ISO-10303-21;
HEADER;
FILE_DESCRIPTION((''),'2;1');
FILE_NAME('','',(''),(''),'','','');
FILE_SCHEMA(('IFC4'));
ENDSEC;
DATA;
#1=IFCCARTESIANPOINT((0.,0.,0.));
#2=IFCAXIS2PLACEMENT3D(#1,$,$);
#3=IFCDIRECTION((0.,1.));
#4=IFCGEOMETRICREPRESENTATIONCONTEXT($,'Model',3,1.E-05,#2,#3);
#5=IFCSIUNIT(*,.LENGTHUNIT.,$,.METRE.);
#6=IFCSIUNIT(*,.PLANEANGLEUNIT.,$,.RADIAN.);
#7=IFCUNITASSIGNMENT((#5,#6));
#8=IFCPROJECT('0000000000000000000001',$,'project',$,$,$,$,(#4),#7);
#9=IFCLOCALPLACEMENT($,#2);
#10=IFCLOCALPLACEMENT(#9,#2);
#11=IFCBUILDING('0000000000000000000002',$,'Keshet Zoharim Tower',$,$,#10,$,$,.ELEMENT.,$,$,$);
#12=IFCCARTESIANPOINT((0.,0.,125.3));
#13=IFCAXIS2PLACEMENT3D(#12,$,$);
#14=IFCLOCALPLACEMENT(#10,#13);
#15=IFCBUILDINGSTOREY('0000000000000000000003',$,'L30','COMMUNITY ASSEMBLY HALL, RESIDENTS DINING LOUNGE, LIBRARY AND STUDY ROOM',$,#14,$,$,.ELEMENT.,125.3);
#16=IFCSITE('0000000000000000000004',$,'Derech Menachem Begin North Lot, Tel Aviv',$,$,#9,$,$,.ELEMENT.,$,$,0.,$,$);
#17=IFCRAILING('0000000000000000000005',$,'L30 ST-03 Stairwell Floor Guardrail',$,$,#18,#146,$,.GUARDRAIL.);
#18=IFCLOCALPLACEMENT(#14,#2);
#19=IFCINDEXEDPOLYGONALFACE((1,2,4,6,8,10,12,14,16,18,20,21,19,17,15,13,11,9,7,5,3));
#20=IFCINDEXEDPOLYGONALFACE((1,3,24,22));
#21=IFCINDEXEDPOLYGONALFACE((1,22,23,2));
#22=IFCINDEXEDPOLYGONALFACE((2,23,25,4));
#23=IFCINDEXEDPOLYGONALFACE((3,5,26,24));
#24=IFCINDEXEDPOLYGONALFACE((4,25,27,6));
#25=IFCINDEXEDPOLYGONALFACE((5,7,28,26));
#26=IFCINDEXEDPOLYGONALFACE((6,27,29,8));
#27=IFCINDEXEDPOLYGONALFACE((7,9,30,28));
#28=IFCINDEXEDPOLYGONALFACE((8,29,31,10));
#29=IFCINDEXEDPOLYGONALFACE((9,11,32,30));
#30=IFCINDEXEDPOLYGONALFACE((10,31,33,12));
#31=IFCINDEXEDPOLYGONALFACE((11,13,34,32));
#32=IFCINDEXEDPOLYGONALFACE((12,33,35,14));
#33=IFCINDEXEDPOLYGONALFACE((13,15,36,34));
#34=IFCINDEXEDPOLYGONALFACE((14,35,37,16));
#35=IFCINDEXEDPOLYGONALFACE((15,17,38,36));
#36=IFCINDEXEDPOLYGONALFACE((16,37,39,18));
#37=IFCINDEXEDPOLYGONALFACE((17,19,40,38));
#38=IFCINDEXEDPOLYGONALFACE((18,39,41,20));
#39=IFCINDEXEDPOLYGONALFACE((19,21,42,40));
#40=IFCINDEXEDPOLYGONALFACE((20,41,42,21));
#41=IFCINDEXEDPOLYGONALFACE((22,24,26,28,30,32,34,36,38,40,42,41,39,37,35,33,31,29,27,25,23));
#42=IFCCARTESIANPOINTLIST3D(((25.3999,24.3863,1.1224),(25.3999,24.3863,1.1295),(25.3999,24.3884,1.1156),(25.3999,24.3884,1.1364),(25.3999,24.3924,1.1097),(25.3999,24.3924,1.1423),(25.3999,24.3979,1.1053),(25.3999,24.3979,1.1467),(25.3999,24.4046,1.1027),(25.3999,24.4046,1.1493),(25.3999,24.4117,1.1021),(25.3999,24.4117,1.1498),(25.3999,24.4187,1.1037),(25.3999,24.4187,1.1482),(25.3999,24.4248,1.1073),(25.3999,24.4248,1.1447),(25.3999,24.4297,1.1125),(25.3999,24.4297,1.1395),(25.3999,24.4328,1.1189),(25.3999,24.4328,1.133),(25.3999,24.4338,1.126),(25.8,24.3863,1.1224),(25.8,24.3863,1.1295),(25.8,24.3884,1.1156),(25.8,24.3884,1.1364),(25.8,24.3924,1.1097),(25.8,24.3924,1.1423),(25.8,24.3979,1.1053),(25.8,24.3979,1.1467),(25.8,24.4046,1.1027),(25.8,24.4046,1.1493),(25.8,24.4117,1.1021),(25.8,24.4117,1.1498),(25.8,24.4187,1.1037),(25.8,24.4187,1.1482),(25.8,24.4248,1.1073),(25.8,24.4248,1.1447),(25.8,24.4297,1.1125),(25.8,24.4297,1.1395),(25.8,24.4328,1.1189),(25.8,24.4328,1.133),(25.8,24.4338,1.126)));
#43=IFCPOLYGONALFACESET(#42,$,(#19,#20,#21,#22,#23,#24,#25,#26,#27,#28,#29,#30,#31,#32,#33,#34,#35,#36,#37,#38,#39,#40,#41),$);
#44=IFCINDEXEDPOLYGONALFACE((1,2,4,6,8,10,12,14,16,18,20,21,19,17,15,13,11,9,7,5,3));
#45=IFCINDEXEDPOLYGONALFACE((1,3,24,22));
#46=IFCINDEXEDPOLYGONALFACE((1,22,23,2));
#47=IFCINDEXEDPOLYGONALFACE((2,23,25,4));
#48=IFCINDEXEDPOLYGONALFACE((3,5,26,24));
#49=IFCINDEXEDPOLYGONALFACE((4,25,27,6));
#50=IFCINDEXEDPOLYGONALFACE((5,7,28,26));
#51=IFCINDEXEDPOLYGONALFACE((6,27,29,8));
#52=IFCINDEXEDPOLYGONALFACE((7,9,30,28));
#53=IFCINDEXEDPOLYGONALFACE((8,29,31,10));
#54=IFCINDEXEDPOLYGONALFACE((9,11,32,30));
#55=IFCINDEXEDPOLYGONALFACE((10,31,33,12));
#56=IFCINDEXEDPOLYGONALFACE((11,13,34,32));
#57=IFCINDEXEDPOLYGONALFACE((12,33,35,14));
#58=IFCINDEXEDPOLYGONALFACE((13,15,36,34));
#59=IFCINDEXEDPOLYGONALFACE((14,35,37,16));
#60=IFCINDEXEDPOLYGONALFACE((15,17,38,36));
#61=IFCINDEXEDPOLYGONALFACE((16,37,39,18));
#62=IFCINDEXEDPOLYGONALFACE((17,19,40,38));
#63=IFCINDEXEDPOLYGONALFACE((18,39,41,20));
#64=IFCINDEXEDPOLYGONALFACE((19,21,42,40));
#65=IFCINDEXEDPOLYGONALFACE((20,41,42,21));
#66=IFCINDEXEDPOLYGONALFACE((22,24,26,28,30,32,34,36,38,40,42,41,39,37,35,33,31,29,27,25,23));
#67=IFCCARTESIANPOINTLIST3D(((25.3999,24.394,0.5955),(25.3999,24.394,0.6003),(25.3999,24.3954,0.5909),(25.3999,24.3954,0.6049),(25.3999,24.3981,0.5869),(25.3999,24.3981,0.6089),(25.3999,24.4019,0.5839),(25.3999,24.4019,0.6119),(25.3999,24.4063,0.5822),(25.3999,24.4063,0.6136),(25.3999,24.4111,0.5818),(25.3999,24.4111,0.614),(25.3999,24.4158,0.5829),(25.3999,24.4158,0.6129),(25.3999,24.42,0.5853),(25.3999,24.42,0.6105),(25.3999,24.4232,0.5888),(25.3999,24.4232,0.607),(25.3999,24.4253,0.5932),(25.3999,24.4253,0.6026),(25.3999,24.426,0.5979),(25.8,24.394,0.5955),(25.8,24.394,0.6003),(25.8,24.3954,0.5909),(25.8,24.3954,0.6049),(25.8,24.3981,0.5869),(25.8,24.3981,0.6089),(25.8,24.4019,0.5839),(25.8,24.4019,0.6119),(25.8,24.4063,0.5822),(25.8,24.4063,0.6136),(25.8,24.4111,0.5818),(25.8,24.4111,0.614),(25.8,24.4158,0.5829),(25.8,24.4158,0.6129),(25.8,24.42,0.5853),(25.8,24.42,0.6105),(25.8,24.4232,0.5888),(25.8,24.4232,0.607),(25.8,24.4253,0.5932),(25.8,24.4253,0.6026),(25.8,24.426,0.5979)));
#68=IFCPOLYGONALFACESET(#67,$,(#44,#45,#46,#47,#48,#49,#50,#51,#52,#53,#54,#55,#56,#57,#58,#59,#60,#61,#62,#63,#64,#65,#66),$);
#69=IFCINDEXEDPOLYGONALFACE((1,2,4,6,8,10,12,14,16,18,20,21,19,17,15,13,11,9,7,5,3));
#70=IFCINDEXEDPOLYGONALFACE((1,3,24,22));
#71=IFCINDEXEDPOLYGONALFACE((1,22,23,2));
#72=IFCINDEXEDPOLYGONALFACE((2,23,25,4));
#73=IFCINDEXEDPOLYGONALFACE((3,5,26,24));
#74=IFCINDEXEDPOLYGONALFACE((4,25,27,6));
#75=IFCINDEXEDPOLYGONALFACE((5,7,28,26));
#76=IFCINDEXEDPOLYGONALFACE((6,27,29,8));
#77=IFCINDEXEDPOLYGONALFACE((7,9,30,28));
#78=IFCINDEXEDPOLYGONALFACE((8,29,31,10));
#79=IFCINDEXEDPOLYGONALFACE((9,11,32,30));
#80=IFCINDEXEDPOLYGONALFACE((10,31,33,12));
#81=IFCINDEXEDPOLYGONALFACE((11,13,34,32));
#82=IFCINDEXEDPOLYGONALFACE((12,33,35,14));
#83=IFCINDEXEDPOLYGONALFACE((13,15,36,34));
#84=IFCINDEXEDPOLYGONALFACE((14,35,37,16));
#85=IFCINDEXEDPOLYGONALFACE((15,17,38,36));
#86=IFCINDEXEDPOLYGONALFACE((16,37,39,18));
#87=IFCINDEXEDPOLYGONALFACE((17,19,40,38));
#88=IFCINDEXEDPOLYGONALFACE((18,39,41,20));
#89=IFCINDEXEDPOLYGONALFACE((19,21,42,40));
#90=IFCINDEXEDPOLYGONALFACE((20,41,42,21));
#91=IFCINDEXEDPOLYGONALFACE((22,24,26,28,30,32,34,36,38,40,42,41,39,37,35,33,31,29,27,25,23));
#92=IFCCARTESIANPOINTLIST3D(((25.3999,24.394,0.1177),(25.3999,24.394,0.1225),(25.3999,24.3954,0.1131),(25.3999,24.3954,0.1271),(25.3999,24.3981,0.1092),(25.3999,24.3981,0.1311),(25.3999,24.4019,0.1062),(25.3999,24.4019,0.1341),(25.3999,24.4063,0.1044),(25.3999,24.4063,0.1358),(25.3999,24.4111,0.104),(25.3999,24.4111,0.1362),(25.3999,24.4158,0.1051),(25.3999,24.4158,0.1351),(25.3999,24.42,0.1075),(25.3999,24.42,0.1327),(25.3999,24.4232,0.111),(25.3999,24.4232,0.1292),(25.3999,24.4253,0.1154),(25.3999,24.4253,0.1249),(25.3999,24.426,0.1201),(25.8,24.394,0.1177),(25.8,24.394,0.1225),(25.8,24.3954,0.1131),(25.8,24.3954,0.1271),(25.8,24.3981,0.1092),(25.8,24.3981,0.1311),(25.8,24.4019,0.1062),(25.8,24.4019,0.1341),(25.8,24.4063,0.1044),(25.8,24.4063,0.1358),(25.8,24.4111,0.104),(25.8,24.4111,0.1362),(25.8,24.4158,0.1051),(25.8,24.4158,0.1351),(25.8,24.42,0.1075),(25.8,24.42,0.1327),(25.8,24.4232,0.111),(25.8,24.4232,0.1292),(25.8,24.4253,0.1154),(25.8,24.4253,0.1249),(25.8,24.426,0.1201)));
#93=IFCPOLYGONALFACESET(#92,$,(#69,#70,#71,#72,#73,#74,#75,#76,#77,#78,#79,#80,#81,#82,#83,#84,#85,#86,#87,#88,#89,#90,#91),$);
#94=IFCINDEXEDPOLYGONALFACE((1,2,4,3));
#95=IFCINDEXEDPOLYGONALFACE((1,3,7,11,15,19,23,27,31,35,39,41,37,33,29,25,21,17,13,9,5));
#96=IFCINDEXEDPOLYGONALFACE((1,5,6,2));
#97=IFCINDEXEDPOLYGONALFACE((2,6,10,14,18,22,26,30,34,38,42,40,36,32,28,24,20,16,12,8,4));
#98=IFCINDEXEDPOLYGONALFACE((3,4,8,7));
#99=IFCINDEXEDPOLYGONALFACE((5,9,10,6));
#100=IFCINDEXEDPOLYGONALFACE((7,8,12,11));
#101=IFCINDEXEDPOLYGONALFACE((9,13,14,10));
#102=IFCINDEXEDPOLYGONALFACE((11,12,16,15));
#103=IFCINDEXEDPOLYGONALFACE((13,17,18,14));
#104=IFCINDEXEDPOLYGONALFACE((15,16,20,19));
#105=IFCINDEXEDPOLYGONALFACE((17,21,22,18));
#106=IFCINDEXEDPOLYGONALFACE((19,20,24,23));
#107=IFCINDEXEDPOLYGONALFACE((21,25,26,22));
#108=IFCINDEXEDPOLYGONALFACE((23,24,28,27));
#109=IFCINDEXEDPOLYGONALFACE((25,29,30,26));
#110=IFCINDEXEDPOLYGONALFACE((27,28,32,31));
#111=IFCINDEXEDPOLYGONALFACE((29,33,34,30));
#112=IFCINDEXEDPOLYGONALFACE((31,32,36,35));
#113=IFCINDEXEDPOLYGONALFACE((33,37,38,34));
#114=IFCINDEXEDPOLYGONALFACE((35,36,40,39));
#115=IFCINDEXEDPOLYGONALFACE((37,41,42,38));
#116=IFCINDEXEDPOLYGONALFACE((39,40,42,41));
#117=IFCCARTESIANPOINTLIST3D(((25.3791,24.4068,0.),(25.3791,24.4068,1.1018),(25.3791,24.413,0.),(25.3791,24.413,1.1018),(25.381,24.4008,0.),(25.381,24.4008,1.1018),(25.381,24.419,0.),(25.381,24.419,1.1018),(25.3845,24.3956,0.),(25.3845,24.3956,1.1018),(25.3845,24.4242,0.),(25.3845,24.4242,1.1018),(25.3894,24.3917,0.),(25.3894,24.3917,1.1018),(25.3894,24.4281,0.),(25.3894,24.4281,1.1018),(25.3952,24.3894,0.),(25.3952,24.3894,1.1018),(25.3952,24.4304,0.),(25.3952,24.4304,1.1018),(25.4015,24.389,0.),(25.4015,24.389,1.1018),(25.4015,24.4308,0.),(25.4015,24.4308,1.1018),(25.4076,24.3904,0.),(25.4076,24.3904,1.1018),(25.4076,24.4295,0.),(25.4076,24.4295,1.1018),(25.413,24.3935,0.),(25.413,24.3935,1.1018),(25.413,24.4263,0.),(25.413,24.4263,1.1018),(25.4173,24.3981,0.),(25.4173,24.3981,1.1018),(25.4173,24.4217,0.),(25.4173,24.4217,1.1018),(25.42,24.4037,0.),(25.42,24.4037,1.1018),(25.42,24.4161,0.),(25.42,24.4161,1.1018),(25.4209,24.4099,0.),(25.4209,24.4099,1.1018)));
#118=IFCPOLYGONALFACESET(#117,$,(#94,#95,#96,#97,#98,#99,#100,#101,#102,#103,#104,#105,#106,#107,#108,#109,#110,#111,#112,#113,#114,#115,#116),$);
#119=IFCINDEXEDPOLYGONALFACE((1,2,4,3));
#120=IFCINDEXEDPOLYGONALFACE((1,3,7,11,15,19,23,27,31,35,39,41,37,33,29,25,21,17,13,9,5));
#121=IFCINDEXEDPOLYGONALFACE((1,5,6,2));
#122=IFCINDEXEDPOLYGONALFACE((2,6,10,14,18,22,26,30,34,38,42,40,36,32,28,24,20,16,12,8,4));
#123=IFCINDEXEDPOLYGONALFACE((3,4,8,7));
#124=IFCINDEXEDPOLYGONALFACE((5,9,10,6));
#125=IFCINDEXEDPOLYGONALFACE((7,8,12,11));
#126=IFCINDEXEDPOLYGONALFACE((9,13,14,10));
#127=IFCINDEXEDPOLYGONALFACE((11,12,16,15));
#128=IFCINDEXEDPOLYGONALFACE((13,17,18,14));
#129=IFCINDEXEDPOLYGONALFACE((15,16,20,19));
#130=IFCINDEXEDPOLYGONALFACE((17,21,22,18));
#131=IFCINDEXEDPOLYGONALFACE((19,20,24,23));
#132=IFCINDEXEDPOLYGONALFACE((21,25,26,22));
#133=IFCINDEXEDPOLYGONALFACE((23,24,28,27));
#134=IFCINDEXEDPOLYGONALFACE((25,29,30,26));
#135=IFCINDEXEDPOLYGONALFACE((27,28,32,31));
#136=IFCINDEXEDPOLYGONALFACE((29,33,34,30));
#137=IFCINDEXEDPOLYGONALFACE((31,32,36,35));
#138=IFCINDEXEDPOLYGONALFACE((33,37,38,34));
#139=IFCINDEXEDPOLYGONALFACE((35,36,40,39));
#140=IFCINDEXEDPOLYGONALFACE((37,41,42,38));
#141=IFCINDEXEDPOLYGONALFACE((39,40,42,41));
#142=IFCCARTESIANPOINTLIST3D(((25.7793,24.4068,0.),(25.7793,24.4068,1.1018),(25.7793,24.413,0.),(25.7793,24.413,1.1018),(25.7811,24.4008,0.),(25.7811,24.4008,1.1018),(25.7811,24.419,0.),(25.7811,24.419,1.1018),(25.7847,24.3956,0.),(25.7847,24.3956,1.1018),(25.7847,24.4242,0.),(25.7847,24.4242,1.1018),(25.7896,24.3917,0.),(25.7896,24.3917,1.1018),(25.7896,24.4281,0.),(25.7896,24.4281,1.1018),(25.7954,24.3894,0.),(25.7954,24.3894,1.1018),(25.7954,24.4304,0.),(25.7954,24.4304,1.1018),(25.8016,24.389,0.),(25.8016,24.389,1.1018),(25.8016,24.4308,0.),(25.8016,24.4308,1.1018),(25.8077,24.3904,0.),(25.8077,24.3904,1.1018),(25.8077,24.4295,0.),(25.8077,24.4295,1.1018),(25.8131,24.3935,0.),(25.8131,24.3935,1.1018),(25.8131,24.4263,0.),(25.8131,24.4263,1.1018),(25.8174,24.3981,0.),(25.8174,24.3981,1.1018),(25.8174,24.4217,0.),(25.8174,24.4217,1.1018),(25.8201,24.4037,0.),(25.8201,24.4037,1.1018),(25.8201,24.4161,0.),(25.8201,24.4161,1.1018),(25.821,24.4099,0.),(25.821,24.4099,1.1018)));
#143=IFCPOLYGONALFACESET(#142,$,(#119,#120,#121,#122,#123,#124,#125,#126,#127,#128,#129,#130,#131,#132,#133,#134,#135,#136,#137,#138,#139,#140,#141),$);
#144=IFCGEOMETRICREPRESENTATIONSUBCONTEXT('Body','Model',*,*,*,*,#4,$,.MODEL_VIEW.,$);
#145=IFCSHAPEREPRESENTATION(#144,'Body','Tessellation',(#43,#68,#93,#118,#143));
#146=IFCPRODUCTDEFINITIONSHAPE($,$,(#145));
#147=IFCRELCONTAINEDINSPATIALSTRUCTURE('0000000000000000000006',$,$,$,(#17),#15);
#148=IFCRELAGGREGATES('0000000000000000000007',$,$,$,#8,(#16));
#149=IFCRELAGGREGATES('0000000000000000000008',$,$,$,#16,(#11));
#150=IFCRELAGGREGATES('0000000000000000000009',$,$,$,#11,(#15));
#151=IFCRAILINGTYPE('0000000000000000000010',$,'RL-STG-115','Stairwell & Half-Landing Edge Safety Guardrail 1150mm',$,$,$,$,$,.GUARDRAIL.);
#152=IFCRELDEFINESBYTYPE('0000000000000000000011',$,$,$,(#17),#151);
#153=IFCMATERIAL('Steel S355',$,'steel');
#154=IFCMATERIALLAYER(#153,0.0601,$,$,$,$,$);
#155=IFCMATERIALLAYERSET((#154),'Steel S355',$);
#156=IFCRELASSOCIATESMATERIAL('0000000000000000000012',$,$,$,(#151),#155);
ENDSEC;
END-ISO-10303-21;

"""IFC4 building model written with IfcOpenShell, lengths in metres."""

from ifc_helpers import new_model, si_unit, direction, frame, origin, origin_2d, place, context, subcontext, project, spatial, circle, extrude, material, layer, layer_set, type_object, element, save


model = new_model("IFC4")

# Units and contexts
model_context = context("Model", 3, precision=1e-05, world=origin(), true_north=direction((0.0, 1.0)))
body_context = subcontext(model_context, "Body", "Model", "MODEL_VIEW")
ifc_project = project(units=[si_unit("LENGTHUNIT", "METRE"), si_unit("PLANEANGLEUNIT", "RADIAN")], contexts=[model_context])

# Site, building, storey
site_placement = place(None, origin())
site = spatial("IfcSite", under=ifc_project, at=site_placement, Name="Derech Menachem Begin North Lot, Tel Aviv", CompositionType="ELEMENT", RefElevation=0.0)
building_placement = place(site_placement, origin())
building = spatial("IfcBuilding", under=site, at=building_placement, Name="Keshet Zoharim Tower", CompositionType="ELEMENT")
storey_placement = place(building_placement, frame((0.0, 0.0, 125.3)))
storey = spatial("IfcBuildingStorey", under=building, at=storey_placement, Name="L30", Description="COMMUNITY ASSEMBLY HALL, RESIDENTS DINING LOUNGE, LIBRARY AND STUDY ROOM", CompositionType="ELEMENT", Elevation=125.3)

# Shared definitions
ifc_material_1 = material(Name="Steel S355", Category="steel")

# Railing
ifc_layer_1 = layer(ifc_material_1, 0.0601)
ifc_layer_set_1 = layer_set([ifc_layer_1], Name="Steel S355")
railing_type_1 = type_object("IfcRailingType", Name="RL-STG-115", Description="Stairwell & Half-Landing Edge Safety Guardrail 1150mm", PredefinedType="GUARDRAIL", material=ifc_layer_set_1)
railing_1_placement = place(storey_placement, frame((25.3999, 24.4099, 0.0)))
element("IfcRailing", 1, at=railing_1_placement, inside=storey, type_object=railing_type_1, Name="L30 ST-03 Stairwell Floor Guardrail", PredefinedType="GUARDRAIL", context=body_context, shape_type="SweptSolid", body=[
    extrude(circle(Radius=0.0239, at=origin_2d()), frame((0.0, 0.0, 1.126), z_axis=(1.0, 0.0, 0.0), x_axis=(0.0, 1.0, 0.0)), (0.0, 0.0, 1.0), 0.4001),
    extrude(circle(Radius=0.0161, at=origin_2d()), frame((0.0, 0.0, 0.5979), z_axis=(1.0, 0.0, 0.0), x_axis=(0.0, 1.0, 0.0)), (0.0, 0.0, 1.0), 0.4001),
    extrude(circle(Radius=0.0161, at=origin_2d()), frame((0.0, 0.0, 0.1201), z_axis=(1.0, 0.0, 0.0), x_axis=(0.0, 1.0, 0.0)), (0.0, 0.0, 1.0), 0.4001),
    extrude(circle(Radius=0.021, at=origin_2d()), origin(), (0.0, 0.0, 1.0), 1.1018),
    extrude(circle(Radius=0.021, at=origin_2d()), frame((0.4001, 0.0, 0.0)), (0.0, 0.0, 1.0), 1.1018),
])

save(model, "model.ifc")
